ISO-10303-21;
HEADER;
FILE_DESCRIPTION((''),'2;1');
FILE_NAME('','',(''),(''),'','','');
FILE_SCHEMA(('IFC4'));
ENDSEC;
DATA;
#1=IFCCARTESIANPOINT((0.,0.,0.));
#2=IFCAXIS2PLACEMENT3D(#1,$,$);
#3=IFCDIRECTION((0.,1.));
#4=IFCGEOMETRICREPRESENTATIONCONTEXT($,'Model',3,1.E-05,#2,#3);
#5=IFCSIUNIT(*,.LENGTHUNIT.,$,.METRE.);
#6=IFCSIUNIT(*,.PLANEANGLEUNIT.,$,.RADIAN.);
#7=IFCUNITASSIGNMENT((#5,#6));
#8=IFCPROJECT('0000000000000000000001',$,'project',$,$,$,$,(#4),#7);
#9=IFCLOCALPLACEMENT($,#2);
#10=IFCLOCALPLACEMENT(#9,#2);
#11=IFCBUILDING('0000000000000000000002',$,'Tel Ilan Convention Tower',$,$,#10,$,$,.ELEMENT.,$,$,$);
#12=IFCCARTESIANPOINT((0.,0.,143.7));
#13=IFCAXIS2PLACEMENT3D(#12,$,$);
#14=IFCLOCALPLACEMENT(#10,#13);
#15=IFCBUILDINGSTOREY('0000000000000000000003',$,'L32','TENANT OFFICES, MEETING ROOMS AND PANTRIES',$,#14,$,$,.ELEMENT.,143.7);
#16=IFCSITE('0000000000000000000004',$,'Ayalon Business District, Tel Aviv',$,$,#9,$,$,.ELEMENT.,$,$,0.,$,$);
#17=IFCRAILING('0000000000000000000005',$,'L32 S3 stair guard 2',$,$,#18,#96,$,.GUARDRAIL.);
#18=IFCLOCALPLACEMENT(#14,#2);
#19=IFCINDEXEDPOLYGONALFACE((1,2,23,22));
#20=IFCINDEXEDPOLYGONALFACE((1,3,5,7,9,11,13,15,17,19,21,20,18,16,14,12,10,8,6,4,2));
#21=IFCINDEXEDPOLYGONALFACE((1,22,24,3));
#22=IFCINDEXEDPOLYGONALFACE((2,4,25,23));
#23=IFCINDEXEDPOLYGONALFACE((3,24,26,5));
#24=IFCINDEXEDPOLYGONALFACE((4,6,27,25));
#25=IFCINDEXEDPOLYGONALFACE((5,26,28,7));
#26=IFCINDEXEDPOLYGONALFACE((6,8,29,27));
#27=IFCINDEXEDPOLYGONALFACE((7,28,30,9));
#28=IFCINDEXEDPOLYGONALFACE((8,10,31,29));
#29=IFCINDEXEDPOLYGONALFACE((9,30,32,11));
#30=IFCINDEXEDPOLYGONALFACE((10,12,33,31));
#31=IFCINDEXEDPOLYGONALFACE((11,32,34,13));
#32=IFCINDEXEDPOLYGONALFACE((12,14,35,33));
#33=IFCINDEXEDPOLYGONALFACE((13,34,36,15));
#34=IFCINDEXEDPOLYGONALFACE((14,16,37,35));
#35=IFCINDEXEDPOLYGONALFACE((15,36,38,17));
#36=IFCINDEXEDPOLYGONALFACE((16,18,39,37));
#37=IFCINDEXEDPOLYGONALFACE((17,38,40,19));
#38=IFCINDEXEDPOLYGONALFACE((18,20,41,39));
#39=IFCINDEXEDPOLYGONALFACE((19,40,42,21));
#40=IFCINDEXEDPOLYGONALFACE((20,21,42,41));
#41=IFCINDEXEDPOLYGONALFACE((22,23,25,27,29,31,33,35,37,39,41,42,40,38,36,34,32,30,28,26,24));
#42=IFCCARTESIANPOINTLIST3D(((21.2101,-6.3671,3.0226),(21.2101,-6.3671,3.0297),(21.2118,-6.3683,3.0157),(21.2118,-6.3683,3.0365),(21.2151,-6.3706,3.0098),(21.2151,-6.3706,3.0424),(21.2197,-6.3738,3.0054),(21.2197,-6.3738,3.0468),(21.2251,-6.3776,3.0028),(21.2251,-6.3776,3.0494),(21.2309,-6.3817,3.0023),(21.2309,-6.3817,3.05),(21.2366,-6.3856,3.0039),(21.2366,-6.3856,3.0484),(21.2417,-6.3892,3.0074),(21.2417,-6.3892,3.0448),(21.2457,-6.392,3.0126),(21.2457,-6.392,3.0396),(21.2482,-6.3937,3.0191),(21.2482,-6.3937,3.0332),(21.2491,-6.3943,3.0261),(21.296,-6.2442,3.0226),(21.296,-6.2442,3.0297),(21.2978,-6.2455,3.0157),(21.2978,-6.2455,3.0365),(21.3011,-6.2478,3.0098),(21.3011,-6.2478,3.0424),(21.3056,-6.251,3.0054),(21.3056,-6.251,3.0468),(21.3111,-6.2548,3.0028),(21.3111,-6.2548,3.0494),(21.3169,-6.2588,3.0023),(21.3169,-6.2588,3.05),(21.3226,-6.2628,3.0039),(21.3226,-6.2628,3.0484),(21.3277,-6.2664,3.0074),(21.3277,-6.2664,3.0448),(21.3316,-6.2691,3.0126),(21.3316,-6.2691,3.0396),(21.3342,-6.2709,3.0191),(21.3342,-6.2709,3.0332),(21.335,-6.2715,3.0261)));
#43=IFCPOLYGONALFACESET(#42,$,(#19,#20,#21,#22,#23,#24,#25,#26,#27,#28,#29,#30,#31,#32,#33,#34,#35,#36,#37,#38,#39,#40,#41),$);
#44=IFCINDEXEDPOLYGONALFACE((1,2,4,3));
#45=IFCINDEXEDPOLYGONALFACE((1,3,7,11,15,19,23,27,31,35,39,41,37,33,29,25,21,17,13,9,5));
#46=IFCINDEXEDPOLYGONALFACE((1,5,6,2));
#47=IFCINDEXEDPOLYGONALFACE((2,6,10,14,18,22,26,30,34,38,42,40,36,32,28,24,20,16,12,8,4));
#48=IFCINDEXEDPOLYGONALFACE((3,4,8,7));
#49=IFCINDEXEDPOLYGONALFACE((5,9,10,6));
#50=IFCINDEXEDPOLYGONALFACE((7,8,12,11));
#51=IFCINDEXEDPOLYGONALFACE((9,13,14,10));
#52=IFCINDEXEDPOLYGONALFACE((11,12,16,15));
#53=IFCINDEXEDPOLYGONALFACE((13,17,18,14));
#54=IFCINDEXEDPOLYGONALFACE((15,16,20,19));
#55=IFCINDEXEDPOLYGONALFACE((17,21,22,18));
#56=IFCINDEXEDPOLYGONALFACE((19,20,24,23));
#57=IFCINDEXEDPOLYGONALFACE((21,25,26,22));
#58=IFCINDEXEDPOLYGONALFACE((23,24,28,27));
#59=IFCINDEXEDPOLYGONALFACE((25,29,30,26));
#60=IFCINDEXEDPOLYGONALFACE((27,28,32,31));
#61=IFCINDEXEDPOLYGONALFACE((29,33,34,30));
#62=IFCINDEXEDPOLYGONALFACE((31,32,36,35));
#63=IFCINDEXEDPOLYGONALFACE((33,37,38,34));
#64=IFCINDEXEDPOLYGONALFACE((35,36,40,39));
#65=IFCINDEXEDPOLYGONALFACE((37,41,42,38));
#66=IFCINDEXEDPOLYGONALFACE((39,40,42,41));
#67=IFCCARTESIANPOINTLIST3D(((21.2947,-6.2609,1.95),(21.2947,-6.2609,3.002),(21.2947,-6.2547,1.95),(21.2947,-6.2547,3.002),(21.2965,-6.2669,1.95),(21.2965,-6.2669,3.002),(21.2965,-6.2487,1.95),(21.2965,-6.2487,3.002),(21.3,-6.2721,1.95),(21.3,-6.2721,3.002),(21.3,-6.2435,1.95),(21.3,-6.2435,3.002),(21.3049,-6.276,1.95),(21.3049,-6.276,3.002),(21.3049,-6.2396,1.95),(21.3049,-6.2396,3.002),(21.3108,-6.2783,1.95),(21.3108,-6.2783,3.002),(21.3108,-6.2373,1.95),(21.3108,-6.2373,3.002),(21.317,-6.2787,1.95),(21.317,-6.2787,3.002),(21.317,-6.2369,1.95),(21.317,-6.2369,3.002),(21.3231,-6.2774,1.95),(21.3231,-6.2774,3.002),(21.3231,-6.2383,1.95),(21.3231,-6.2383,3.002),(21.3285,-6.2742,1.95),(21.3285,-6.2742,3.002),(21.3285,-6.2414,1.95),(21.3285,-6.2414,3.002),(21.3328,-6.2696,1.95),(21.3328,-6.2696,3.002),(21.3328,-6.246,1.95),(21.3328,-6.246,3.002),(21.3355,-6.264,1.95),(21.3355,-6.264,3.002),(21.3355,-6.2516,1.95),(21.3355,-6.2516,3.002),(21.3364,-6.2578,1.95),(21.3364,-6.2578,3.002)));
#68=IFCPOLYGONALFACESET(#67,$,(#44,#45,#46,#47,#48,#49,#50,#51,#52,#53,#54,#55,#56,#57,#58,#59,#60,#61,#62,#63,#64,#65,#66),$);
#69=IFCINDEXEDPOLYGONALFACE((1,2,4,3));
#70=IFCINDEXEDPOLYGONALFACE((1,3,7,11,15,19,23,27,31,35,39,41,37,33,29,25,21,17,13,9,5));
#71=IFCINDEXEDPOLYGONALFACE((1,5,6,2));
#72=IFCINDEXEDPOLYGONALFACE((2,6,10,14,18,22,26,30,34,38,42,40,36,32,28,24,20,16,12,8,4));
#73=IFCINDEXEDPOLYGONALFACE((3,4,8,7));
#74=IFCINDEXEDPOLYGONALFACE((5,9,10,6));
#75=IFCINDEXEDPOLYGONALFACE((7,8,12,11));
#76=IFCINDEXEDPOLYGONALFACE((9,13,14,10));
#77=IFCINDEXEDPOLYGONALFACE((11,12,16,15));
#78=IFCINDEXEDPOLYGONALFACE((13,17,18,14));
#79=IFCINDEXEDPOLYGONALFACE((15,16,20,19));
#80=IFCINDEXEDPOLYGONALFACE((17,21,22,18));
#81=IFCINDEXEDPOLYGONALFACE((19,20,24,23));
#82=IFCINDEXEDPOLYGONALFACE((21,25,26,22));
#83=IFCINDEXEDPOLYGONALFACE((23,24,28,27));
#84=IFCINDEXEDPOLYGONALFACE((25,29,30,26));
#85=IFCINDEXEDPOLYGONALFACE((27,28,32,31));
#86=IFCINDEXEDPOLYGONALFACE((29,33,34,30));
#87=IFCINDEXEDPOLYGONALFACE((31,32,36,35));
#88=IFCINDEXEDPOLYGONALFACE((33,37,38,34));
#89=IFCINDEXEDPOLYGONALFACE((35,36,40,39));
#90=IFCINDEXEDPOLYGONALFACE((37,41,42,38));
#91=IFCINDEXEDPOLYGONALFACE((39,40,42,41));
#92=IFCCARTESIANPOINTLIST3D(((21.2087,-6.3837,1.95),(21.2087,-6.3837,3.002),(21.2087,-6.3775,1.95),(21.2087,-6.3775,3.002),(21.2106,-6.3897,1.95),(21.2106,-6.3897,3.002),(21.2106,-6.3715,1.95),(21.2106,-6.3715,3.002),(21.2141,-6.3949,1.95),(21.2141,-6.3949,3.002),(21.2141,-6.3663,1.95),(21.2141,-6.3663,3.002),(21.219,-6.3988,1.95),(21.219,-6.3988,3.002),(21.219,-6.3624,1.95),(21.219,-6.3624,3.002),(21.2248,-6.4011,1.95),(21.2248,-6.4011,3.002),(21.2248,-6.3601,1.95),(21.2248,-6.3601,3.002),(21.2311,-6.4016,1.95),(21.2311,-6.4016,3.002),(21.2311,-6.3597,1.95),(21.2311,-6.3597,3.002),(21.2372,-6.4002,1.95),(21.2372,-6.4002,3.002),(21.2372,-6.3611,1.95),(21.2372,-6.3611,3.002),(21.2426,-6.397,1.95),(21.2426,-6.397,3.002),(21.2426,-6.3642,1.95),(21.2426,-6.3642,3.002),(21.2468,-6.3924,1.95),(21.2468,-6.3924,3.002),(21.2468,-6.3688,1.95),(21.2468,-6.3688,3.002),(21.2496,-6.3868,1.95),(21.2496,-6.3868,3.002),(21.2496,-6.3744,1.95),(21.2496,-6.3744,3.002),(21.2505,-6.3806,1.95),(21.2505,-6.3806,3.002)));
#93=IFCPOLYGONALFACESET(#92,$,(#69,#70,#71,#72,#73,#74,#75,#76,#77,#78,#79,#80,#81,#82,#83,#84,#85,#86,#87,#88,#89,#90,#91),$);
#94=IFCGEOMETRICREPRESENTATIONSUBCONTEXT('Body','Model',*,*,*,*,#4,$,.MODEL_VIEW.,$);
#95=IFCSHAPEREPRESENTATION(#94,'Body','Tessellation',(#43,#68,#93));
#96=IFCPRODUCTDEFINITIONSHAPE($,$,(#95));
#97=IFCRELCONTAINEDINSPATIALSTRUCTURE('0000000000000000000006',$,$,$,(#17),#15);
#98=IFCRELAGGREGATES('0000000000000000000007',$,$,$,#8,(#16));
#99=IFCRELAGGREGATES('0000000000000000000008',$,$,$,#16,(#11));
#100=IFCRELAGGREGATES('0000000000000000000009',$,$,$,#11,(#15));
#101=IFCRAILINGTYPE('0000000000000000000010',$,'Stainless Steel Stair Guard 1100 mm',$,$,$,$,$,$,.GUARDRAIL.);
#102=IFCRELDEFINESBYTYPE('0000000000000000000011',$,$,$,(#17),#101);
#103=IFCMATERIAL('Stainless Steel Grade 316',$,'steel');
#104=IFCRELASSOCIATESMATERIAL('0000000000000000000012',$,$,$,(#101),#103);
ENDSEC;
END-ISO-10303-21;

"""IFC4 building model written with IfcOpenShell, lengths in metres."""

from ifc_helpers import new_model, si_unit, direction, frame, origin, origin_2d, place, context, subcontext, project, spatial, circle, extrude, material, type_object, element, save


model = new_model("IFC4")

# Units and contexts
model_context = context("Model", 3, precision=1e-05, world=origin(), true_north=direction((0.0, 1.0)))
body_context = subcontext(model_context, "Body", "Model", "MODEL_VIEW")
ifc_project = project(units=[si_unit("LENGTHUNIT", "METRE"), si_unit("PLANEANGLEUNIT", "RADIAN")], contexts=[model_context])

# Site, building, storey
site_placement = place(None, origin())
site = spatial("IfcSite", under=ifc_project, at=site_placement, Name="Ayalon Business District, Tel Aviv", CompositionType="ELEMENT", RefElevation=0.0)
building_placement = place(site_placement, origin())
building = spatial("IfcBuilding", under=site, at=building_placement, Name="Tel Ilan Convention Tower", CompositionType="ELEMENT")
storey_placement = place(building_placement, frame((0.0, 0.0, 143.7)))
storey = spatial("IfcBuildingStorey", under=building, at=storey_placement, Name="L32", Description="TENANT OFFICES, MEETING ROOMS AND PANTRIES", CompositionType="ELEMENT", Elevation=143.7)

# Railing
ifc_material_1 = material(Name="Stainless Steel Grade 316", Category="steel")
railing_type_1 = type_object("IfcRailingType", Name="Stainless Steel Stair Guard 1100 mm", PredefinedType="GUARDRAIL", material=ifc_material_1)
railing_1_placement = place(storey_placement, frame((21.3154, -6.2578, 1.95)))
element("IfcRailing", 1, at=railing_1_placement, inside=storey, type_object=railing_type_1, Name="L32 S3 stair guard 2", PredefinedType="GUARDRAIL", context=body_context, shape_type="SweptSolid", body=[
    extrude(circle(Radius=0.0239, at=origin_2d()), frame((0.0, 0.0, 1.0762), z_axis=(-0.573353, -0.819308, 0.0), x_axis=(0.819308, -0.573353, 0.0)), (0.0, 0.0, 1.0), 0.1499),
    extrude(circle(Radius=0.021, at=origin_2d()), origin(), (0.0, 0.0, 1.0), 1.052),
    extrude(circle(Radius=0.021, at=origin_2d()), frame((-0.0859, -0.1228, 0.0)), (0.0, 0.0, 1.0), 1.052),
])

save(model, "model.ifc")
